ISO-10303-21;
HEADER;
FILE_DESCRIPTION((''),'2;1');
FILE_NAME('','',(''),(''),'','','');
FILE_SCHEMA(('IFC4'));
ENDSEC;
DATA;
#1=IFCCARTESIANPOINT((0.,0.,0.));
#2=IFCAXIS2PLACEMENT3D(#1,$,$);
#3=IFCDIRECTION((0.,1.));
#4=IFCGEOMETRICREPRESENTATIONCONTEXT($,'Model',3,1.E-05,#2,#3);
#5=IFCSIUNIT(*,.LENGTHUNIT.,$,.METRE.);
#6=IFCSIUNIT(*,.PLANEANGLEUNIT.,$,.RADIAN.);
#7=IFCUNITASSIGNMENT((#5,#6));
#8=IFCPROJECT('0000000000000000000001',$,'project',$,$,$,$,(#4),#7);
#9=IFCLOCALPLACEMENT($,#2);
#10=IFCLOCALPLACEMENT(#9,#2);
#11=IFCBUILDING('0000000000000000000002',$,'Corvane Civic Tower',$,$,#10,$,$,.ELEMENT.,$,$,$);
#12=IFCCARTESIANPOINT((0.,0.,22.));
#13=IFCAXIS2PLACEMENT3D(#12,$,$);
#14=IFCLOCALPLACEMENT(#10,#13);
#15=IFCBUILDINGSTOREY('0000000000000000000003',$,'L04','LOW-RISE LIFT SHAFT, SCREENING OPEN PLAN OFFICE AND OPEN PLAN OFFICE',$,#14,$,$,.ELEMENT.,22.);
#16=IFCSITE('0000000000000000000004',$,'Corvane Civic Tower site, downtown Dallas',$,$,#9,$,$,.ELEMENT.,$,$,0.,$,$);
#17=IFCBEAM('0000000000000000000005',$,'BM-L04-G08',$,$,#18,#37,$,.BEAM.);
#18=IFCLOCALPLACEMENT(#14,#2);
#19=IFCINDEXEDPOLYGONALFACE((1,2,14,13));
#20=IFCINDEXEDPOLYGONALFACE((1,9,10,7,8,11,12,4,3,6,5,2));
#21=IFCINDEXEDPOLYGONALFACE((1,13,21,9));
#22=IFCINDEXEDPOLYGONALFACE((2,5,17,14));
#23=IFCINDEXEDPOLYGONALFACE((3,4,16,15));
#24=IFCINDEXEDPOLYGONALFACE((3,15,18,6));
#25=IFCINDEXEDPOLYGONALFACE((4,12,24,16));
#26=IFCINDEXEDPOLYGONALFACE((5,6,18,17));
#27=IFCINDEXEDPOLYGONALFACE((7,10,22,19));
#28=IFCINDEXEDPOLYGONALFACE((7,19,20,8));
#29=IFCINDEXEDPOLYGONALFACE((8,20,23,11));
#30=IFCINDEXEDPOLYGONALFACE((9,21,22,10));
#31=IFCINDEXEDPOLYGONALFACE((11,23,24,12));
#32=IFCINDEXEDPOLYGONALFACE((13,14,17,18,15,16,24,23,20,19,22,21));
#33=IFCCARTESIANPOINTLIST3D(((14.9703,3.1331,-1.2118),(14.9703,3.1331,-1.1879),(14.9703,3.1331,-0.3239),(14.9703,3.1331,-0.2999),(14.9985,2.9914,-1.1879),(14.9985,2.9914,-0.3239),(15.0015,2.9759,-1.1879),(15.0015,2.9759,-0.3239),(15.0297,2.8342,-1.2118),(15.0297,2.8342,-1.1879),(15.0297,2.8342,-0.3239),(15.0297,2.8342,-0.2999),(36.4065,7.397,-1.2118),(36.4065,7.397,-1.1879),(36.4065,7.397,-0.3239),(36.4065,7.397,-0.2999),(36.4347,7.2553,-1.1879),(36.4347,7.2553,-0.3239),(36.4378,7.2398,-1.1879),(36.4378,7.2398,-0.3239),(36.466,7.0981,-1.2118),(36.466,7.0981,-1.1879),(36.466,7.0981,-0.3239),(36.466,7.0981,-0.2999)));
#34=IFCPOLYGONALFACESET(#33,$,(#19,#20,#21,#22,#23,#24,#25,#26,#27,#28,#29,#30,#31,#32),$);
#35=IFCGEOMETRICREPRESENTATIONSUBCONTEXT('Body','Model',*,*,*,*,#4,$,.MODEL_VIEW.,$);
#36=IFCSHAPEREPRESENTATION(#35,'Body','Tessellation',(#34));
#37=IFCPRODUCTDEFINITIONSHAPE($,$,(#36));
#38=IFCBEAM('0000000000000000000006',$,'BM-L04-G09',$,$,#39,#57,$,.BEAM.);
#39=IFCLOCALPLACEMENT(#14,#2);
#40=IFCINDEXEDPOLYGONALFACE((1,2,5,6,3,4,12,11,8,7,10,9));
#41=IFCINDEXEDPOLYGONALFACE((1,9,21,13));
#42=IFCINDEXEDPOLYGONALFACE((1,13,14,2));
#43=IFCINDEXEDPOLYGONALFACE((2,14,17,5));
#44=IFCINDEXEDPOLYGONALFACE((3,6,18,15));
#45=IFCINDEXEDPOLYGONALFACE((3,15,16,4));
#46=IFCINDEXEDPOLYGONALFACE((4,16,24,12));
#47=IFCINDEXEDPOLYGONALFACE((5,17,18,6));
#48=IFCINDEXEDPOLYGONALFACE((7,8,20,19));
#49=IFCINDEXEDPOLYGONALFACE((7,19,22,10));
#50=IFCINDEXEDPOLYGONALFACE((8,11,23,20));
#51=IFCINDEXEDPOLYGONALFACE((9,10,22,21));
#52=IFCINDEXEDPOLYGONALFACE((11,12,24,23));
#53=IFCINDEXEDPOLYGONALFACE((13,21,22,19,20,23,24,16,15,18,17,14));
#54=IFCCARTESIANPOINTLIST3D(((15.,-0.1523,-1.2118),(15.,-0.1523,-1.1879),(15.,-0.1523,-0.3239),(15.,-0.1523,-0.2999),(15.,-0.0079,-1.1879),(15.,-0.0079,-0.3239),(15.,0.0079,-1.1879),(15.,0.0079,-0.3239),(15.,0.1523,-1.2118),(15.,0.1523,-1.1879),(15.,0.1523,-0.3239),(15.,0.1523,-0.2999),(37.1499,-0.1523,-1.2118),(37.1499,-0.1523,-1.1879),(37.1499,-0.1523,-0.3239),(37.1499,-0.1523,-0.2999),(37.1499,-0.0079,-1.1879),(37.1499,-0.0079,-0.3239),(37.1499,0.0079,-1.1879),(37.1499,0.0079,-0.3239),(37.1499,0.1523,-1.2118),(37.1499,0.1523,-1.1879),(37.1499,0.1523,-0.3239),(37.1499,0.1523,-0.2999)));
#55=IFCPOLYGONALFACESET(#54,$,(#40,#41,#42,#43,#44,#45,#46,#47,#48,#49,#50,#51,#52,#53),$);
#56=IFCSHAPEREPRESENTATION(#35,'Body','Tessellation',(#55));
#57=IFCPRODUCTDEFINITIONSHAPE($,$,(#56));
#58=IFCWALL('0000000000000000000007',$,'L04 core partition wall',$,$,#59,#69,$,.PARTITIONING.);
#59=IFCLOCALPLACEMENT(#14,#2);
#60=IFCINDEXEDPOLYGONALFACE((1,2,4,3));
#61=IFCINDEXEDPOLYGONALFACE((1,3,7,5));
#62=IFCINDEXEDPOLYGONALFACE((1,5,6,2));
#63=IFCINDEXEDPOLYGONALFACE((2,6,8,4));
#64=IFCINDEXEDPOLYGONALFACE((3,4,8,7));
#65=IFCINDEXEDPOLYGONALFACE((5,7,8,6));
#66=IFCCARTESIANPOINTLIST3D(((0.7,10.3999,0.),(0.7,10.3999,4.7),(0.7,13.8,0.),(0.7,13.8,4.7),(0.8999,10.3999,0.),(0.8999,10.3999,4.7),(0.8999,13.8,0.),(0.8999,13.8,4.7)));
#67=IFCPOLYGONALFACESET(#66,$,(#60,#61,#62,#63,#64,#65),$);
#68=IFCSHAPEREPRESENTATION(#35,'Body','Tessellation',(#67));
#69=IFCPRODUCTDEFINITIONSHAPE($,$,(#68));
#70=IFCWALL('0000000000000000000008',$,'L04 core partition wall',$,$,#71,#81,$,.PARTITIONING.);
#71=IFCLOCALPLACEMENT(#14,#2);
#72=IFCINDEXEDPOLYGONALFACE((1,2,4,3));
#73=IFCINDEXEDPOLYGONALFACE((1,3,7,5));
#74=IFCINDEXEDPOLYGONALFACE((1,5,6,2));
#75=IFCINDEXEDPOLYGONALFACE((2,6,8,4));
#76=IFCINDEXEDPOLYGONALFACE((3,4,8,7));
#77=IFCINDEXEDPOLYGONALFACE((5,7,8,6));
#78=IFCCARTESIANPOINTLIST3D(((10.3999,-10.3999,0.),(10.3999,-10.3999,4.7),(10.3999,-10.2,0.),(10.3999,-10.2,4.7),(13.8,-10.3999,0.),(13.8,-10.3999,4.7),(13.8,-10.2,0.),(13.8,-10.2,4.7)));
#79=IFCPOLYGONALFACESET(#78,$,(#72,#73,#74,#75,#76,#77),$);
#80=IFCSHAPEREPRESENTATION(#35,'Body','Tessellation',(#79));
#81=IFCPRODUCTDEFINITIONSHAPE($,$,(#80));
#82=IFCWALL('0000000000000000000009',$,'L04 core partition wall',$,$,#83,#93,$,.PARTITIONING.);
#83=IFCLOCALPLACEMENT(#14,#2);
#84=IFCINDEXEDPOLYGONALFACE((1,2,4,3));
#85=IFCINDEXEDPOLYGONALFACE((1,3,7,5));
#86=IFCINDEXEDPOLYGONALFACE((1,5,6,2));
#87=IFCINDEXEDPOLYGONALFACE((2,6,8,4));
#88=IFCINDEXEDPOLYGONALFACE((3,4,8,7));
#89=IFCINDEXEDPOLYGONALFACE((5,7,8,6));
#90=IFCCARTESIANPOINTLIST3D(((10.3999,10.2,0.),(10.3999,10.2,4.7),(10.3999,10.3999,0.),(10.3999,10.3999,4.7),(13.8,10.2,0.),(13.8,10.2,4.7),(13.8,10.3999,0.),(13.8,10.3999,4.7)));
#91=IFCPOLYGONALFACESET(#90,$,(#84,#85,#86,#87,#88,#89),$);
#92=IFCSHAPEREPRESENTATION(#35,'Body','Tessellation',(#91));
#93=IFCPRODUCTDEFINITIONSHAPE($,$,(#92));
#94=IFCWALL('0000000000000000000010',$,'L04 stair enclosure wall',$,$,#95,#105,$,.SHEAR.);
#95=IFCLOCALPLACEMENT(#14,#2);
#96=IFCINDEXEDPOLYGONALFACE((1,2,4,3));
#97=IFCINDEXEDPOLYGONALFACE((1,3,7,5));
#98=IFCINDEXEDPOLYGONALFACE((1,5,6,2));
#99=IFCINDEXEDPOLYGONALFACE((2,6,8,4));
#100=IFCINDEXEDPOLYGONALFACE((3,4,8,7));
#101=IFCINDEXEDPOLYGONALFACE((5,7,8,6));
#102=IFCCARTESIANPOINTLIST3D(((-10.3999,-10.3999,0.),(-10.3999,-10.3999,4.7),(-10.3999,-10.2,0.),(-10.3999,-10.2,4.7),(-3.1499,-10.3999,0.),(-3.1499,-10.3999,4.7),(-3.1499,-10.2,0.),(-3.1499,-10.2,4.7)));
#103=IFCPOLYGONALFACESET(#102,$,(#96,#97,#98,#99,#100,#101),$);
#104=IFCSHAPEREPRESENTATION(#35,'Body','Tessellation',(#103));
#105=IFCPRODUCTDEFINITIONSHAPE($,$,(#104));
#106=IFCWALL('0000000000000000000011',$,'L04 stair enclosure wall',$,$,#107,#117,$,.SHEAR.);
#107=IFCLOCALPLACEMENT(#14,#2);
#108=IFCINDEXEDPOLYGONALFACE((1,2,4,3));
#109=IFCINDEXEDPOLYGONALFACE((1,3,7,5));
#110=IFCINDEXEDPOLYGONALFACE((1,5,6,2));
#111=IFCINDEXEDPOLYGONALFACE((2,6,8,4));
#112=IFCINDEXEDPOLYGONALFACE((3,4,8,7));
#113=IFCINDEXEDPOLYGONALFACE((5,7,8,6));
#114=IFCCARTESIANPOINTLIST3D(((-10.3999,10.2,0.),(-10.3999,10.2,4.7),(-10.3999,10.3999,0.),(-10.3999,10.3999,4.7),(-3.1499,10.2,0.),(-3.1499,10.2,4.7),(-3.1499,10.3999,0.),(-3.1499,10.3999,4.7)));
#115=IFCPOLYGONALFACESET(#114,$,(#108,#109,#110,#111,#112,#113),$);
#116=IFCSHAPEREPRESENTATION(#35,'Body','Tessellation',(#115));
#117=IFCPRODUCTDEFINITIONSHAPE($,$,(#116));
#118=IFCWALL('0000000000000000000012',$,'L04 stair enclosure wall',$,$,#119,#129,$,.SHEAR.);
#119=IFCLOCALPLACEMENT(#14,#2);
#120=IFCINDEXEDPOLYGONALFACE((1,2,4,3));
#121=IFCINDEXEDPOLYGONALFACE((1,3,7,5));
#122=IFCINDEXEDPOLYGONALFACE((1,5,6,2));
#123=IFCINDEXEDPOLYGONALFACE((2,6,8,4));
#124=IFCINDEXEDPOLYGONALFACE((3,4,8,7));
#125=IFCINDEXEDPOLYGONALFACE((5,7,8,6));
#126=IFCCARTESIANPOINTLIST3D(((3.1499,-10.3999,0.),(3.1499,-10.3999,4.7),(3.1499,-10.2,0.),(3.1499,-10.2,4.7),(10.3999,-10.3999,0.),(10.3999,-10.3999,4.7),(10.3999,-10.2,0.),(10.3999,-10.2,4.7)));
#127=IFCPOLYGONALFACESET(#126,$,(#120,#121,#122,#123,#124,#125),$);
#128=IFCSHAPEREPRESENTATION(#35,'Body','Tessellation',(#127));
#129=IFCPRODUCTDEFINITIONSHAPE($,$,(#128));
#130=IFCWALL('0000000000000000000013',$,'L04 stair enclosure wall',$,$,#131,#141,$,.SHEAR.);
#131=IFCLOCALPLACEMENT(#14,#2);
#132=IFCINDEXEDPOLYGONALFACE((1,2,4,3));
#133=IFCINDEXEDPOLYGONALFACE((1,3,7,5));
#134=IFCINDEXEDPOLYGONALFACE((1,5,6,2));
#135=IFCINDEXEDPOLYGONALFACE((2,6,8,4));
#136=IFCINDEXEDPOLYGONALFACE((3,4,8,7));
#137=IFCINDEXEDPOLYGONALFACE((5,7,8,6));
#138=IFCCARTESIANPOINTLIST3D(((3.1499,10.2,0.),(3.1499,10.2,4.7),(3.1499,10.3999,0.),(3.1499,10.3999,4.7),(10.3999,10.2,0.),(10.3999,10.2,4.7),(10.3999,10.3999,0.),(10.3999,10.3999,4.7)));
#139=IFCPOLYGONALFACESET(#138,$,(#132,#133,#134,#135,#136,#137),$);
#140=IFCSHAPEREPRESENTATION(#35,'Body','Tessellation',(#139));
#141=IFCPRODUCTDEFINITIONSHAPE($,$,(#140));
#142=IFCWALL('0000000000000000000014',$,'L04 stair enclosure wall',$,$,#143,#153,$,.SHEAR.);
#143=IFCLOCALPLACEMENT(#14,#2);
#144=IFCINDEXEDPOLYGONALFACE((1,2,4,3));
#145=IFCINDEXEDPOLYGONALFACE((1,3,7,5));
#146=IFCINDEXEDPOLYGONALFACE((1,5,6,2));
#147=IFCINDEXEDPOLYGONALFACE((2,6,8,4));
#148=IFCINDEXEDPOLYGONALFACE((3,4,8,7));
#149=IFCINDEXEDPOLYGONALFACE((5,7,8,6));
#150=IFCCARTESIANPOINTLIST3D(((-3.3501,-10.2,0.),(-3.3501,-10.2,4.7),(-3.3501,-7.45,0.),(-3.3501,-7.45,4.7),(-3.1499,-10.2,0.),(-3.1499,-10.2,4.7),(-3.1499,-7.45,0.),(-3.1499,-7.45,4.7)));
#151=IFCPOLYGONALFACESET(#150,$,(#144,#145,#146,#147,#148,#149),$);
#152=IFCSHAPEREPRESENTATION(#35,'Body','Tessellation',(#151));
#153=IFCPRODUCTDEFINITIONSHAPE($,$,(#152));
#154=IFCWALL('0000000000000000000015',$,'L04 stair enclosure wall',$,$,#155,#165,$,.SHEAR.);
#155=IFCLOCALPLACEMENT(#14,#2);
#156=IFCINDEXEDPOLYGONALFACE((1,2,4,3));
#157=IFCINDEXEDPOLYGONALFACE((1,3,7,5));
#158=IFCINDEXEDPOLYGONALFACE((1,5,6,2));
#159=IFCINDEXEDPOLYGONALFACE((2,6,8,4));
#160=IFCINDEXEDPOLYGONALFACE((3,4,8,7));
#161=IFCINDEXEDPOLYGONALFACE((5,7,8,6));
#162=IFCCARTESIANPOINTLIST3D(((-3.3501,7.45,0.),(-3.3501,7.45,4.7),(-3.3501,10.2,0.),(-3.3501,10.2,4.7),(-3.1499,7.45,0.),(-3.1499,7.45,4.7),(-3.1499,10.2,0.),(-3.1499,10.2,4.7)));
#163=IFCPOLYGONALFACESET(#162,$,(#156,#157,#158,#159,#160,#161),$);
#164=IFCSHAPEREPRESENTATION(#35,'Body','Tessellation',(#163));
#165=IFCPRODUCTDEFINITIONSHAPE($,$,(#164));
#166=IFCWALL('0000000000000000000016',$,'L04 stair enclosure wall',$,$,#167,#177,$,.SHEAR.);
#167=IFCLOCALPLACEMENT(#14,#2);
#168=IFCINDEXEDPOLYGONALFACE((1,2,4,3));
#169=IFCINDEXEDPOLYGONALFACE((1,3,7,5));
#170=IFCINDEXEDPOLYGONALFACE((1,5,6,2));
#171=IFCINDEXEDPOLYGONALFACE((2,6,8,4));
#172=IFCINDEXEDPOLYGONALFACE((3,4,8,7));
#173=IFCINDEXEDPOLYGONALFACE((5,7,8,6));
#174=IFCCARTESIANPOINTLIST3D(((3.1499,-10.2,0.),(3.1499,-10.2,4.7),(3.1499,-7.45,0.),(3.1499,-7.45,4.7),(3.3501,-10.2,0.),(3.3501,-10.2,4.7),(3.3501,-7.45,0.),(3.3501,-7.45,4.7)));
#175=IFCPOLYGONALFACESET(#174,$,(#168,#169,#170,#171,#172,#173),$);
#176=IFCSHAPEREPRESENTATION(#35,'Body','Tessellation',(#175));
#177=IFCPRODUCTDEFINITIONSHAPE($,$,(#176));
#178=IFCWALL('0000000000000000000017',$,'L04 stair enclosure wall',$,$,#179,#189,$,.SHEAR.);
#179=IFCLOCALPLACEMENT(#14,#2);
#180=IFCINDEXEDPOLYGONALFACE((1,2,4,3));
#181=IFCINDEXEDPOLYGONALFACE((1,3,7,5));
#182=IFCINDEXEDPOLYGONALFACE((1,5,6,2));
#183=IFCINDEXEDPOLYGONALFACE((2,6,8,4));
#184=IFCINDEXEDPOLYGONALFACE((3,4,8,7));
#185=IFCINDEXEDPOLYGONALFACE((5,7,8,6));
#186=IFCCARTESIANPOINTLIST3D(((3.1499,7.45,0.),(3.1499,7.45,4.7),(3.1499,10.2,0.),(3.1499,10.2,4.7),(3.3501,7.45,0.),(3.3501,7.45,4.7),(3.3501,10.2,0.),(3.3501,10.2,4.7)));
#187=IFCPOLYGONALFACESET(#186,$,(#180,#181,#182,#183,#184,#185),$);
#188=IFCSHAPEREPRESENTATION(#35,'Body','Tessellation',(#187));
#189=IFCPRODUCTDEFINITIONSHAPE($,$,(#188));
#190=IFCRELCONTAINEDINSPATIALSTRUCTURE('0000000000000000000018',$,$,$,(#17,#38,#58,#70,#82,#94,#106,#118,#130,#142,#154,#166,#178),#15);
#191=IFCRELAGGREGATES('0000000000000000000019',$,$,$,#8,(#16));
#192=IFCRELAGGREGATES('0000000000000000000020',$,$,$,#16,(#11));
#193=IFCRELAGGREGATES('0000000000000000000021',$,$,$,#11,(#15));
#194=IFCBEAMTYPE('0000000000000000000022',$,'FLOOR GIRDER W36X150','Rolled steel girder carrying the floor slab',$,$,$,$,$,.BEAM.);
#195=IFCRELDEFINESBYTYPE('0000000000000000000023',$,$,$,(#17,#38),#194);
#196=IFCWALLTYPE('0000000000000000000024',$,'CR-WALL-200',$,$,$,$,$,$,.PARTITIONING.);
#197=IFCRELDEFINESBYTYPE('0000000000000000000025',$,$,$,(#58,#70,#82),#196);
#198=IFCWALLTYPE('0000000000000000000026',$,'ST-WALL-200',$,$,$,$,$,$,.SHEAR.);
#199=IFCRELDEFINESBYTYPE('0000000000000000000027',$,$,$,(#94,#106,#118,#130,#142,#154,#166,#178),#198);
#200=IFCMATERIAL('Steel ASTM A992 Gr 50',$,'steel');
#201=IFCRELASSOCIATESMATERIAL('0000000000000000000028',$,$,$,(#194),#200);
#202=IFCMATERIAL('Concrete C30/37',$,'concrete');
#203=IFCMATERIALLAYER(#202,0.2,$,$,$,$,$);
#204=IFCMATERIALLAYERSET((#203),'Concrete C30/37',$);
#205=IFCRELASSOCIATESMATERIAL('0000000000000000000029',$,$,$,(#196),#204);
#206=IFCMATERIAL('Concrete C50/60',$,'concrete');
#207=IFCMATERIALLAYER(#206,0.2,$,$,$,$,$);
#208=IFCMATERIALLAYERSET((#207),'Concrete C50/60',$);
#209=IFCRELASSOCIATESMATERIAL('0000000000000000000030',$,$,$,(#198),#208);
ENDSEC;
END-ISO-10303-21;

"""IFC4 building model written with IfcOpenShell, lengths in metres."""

from ifc_helpers import new_model, si_unit, direction, frame, origin, origin_2d, place, context, subcontext, project, spatial, polyline, i_section, outline, extrude, material, layer, layer_set, material_profile, profile_set, type_object, element, save


model = new_model("IFC4")

# Units and contexts
model_context = context("Model", 3, precision=1e-05, world=origin(), true_north=direction((0.0, 1.0)))
body_context = subcontext(model_context, "Body", "Model", "MODEL_VIEW")
ifc_project = project(units=[si_unit("LENGTHUNIT", "METRE"), si_unit("PLANEANGLEUNIT", "RADIAN")], contexts=[model_context])

# Site, building, storey
site_placement = place(None, origin())
site = spatial("IfcSite", under=ifc_project, at=site_placement, Name="Corvane Civic Tower site, downtown Dallas", CompositionType="ELEMENT", RefElevation=0.0)
building_placement = place(site_placement, origin())
building = spatial("IfcBuilding", under=site, at=building_placement, Name="Corvane Civic Tower", CompositionType="ELEMENT")
storey_placement = place(building_placement, frame((0.0, 0.0, 22.0)))
storey = spatial("IfcBuildingStorey", under=building, at=storey_placement, Name="L04", Description="LOW-RISE LIFT SHAFT, SCREENING OPEN PLAN OFFICE AND OPEN PLAN OFFICE", CompositionType="ELEMENT", Elevation=22.0)

# Beams
ifc_material_1 = material(Name="Steel ASTM A992 Gr 50", Category="steel")
ifc_material_profile = material_profile(ifc_material_1, i_section(OverallWidth=0.3047, OverallDepth=0.9119, WebThickness=0.0159, FlangeThickness=0.0239, at=origin_2d()), Name="W36X150")
ifc_profile_set = profile_set([ifc_material_profile], Name="Steel ASTM A992 Gr 50")
beam_type = type_object("IfcBeamType", Name="FLOOR GIRDER W36X150", Description="Rolled steel girder carrying the floor slab", PredefinedType="BEAM", material=ifc_profile_set)
beam_1_placement = place(storey_placement, frame((15.0, 2.9836, -0.7559), z_axis=(0.980785, 0.195089, 0.0), x_axis=(-0.195089, 0.980785, 0.0)))
element("IfcBeam", 1, at=beam_1_placement, inside=storey, type_object=beam_type, Name="BM-L04-G08", PredefinedType="BEAM", context=body_context, shape_type="SweptSolid", body=[
    extrude(i_section(OverallWidth=0.3047, OverallDepth=0.9119, WebThickness=0.0159, FlangeThickness=0.0239, at=origin_2d()), origin(), (0.0, 0.0, 1.0), 21.8562),
])
beam_2_placement = place(storey_placement, frame((15.0, 0.0, -0.7559), z_axis=(1.0, 0.0, 0.0), x_axis=(0.0, 1.0, 0.0)))
element("IfcBeam", 2, at=beam_2_placement, inside=storey, type_object=beam_type, Name="BM-L04-G09", PredefinedType="BEAM", context=body_context, shape_type="SweptSolid", body=[
    extrude(i_section(OverallWidth=0.3047, OverallDepth=0.9119, WebThickness=0.0159, FlangeThickness=0.0239, at=origin_2d()), origin(), (0.0, 0.0, 1.0), 22.1499),
])

# Walls
ifc_material_2 = material(Name="Concrete C30/37", Category="concrete")
ifc_layer_1 = layer(ifc_material_2, 0.2)
ifc_layer_set_1 = layer_set([ifc_layer_1], Name="Concrete C30/37")
wall_type_1 = type_object("IfcWallType", Name="CR-WALL-200", PredefinedType="PARTITIONING", material=ifc_layer_set_1)
wall_1_placement = place(storey_placement, origin())
element("IfcWall", 3, at=wall_1_placement, inside=storey, type_object=wall_type_1, Name="L04 core partition wall", PredefinedType="PARTITIONING", context=body_context, shape_type="SweptSolid", body=[
    extrude(outline(polyline([(0.8999, 10.3999), (0.7, 10.3999), (0.7, 13.8), (0.8999, 13.8), (0.8999, 10.3999)])), origin(), (0.0, 0.0, 1.0), 4.7),
])
wall_2_placement = place(storey_placement, origin())
element("IfcWall", 4, at=wall_2_placement, inside=storey, type_object=wall_type_1, Name="L04 core partition wall", PredefinedType="PARTITIONING", context=body_context, shape_type="SweptSolid", body=[
    extrude(outline(polyline([(13.8, -10.3999), (10.3999, -10.3999), (10.3999, -10.2), (13.8, -10.2), (13.8, -10.3999)])), origin(), (0.0, 0.0, 1.0), 4.7),
])
wall_3_placement = place(storey_placement, origin())
element("IfcWall", 5, at=wall_3_placement, inside=storey, type_object=wall_type_1, Name="L04 core partition wall", PredefinedType="PARTITIONING", context=body_context, shape_type="SweptSolid", body=[
    extrude(outline(polyline([(10.3999, 10.2), (10.3999, 10.3999), (13.8, 10.3999), (13.8, 10.2), (10.3999, 10.2)])), origin(), (0.0, 0.0, 1.0), 4.7),
])
ifc_material_3 = material(Name="Concrete C50/60", Category="concrete")
ifc_layer_2 = layer(ifc_material_3, 0.2)
ifc_layer_set_2 = layer_set([ifc_layer_2], Name="Concrete C50/60")
wall_type_2 = type_object("IfcWallType", Name="ST-WALL-200", PredefinedType="SHEAR", material=ifc_layer_set_2)
wall_4_placement = place(storey_placement, origin())
element("IfcWall", 6, at=wall_4_placement, inside=storey, type_object=wall_type_2, Name="L04 stair enclosure wall", PredefinedType="SHEAR", context=body_context, shape_type="SweptSolid", body=[
    extrude(outline(polyline([(-3.1499, -10.2), (-3.1499, -10.3999), (-10.3999, -10.3999), (-10.3999, -10.2), (-3.1499, -10.2)])), origin(), (0.0, 0.0, 1.0), 4.7),
])
wall_5_placement = place(storey_placement, origin())
element("IfcWall", 7, at=wall_5_placement, inside=storey, type_object=wall_type_2, Name="L04 stair enclosure wall", PredefinedType="SHEAR", context=body_context, shape_type="SweptSolid", body=[
    extrude(outline(polyline([(-3.1499, 10.2), (-10.3999, 10.2), (-10.3999, 10.3999), (-3.1499, 10.3999), (-3.1499, 10.2)])), origin(), (0.0, 0.0, 1.0), 4.7),
])
wall_6_placement = place(storey_placement, origin())
element("IfcWall", 8, at=wall_6_placement, inside=storey, type_object=wall_type_2, Name="L04 stair enclosure wall", PredefinedType="SHEAR", context=body_context, shape_type="SweptSolid", body=[
    extrude(outline(polyline([(10.3999, -10.3999), (3.1499, -10.3999), (3.1499, -10.2), (10.3999, -10.2), (10.3999, -10.3999)])), origin(), (0.0, 0.0, 1.0), 4.7),
])
wall_7_placement = place(storey_placement, origin())
element("IfcWall", 9, at=wall_7_placement, inside=storey, type_object=wall_type_2, Name="L04 stair enclosure wall", PredefinedType="SHEAR", context=body_context, shape_type="SweptSolid", body=[
    extrude(outline(polyline([(10.3999, 10.2), (3.1499, 10.2), (3.1499, 10.3999), (10.3999, 10.3999), (10.3999, 10.2)])), origin(), (0.0, 0.0, 1.0), 4.7),
])
wall_8_placement = place(storey_placement, origin())
element("IfcWall", 10, at=wall_8_placement, inside=storey, type_object=wall_type_2, Name="L04 stair enclosure wall", PredefinedType="SHEAR", context=body_context, shape_type="SweptSolid", body=[
    extrude(outline(polyline([(-3.1499, -7.45), (-3.1499, -10.2), (-3.3501, -10.2), (-3.3501, -7.45), (-3.1499, -7.45)])), origin(), (0.0, 0.0, 1.0), 4.7),
])
wall_9_placement = place(storey_placement, origin())
element("IfcWall", 11, at=wall_9_placement, inside=storey, type_object=wall_type_2, Name="L04 stair enclosure wall", PredefinedType="SHEAR", context=body_context, shape_type="SweptSolid", body=[
    extrude(outline(polyline([(-3.1499, 7.45), (-3.3501, 7.45), (-3.3501, 10.2), (-3.1499, 10.2), (-3.1499, 7.45)])), origin(), (0.0, 0.0, 1.0), 4.7),
])
wall_10_placement = place(storey_placement, origin())
element("IfcWall", 12, at=wall_10_placement, inside=storey, type_object=wall_type_2, Name="L04 stair enclosure wall", PredefinedType="SHEAR", context=body_context, shape_type="SweptSolid", body=[
    extrude(outline(polyline([(3.3501, -7.45), (3.3501, -10.2), (3.1499, -10.2), (3.1499, -7.45), (3.3501, -7.45)])), origin(), (0.0, 0.0, 1.0), 4.7),
])
wall_11_placement = place(storey_placement, origin())
element("IfcWall", 13, at=wall_11_placement, inside=storey, type_object=wall_type_2, Name="L04 stair enclosure wall", PredefinedType="SHEAR", context=body_context, shape_type="SweptSolid", body=[
    extrude(outline(polyline([(3.3501, 7.45), (3.1499, 7.45), (3.1499, 10.2), (3.3501, 10.2), (3.3501, 7.45)])), origin(), (0.0, 0.0, 1.0), 4.7),
])

save(model, "model.ifc")
